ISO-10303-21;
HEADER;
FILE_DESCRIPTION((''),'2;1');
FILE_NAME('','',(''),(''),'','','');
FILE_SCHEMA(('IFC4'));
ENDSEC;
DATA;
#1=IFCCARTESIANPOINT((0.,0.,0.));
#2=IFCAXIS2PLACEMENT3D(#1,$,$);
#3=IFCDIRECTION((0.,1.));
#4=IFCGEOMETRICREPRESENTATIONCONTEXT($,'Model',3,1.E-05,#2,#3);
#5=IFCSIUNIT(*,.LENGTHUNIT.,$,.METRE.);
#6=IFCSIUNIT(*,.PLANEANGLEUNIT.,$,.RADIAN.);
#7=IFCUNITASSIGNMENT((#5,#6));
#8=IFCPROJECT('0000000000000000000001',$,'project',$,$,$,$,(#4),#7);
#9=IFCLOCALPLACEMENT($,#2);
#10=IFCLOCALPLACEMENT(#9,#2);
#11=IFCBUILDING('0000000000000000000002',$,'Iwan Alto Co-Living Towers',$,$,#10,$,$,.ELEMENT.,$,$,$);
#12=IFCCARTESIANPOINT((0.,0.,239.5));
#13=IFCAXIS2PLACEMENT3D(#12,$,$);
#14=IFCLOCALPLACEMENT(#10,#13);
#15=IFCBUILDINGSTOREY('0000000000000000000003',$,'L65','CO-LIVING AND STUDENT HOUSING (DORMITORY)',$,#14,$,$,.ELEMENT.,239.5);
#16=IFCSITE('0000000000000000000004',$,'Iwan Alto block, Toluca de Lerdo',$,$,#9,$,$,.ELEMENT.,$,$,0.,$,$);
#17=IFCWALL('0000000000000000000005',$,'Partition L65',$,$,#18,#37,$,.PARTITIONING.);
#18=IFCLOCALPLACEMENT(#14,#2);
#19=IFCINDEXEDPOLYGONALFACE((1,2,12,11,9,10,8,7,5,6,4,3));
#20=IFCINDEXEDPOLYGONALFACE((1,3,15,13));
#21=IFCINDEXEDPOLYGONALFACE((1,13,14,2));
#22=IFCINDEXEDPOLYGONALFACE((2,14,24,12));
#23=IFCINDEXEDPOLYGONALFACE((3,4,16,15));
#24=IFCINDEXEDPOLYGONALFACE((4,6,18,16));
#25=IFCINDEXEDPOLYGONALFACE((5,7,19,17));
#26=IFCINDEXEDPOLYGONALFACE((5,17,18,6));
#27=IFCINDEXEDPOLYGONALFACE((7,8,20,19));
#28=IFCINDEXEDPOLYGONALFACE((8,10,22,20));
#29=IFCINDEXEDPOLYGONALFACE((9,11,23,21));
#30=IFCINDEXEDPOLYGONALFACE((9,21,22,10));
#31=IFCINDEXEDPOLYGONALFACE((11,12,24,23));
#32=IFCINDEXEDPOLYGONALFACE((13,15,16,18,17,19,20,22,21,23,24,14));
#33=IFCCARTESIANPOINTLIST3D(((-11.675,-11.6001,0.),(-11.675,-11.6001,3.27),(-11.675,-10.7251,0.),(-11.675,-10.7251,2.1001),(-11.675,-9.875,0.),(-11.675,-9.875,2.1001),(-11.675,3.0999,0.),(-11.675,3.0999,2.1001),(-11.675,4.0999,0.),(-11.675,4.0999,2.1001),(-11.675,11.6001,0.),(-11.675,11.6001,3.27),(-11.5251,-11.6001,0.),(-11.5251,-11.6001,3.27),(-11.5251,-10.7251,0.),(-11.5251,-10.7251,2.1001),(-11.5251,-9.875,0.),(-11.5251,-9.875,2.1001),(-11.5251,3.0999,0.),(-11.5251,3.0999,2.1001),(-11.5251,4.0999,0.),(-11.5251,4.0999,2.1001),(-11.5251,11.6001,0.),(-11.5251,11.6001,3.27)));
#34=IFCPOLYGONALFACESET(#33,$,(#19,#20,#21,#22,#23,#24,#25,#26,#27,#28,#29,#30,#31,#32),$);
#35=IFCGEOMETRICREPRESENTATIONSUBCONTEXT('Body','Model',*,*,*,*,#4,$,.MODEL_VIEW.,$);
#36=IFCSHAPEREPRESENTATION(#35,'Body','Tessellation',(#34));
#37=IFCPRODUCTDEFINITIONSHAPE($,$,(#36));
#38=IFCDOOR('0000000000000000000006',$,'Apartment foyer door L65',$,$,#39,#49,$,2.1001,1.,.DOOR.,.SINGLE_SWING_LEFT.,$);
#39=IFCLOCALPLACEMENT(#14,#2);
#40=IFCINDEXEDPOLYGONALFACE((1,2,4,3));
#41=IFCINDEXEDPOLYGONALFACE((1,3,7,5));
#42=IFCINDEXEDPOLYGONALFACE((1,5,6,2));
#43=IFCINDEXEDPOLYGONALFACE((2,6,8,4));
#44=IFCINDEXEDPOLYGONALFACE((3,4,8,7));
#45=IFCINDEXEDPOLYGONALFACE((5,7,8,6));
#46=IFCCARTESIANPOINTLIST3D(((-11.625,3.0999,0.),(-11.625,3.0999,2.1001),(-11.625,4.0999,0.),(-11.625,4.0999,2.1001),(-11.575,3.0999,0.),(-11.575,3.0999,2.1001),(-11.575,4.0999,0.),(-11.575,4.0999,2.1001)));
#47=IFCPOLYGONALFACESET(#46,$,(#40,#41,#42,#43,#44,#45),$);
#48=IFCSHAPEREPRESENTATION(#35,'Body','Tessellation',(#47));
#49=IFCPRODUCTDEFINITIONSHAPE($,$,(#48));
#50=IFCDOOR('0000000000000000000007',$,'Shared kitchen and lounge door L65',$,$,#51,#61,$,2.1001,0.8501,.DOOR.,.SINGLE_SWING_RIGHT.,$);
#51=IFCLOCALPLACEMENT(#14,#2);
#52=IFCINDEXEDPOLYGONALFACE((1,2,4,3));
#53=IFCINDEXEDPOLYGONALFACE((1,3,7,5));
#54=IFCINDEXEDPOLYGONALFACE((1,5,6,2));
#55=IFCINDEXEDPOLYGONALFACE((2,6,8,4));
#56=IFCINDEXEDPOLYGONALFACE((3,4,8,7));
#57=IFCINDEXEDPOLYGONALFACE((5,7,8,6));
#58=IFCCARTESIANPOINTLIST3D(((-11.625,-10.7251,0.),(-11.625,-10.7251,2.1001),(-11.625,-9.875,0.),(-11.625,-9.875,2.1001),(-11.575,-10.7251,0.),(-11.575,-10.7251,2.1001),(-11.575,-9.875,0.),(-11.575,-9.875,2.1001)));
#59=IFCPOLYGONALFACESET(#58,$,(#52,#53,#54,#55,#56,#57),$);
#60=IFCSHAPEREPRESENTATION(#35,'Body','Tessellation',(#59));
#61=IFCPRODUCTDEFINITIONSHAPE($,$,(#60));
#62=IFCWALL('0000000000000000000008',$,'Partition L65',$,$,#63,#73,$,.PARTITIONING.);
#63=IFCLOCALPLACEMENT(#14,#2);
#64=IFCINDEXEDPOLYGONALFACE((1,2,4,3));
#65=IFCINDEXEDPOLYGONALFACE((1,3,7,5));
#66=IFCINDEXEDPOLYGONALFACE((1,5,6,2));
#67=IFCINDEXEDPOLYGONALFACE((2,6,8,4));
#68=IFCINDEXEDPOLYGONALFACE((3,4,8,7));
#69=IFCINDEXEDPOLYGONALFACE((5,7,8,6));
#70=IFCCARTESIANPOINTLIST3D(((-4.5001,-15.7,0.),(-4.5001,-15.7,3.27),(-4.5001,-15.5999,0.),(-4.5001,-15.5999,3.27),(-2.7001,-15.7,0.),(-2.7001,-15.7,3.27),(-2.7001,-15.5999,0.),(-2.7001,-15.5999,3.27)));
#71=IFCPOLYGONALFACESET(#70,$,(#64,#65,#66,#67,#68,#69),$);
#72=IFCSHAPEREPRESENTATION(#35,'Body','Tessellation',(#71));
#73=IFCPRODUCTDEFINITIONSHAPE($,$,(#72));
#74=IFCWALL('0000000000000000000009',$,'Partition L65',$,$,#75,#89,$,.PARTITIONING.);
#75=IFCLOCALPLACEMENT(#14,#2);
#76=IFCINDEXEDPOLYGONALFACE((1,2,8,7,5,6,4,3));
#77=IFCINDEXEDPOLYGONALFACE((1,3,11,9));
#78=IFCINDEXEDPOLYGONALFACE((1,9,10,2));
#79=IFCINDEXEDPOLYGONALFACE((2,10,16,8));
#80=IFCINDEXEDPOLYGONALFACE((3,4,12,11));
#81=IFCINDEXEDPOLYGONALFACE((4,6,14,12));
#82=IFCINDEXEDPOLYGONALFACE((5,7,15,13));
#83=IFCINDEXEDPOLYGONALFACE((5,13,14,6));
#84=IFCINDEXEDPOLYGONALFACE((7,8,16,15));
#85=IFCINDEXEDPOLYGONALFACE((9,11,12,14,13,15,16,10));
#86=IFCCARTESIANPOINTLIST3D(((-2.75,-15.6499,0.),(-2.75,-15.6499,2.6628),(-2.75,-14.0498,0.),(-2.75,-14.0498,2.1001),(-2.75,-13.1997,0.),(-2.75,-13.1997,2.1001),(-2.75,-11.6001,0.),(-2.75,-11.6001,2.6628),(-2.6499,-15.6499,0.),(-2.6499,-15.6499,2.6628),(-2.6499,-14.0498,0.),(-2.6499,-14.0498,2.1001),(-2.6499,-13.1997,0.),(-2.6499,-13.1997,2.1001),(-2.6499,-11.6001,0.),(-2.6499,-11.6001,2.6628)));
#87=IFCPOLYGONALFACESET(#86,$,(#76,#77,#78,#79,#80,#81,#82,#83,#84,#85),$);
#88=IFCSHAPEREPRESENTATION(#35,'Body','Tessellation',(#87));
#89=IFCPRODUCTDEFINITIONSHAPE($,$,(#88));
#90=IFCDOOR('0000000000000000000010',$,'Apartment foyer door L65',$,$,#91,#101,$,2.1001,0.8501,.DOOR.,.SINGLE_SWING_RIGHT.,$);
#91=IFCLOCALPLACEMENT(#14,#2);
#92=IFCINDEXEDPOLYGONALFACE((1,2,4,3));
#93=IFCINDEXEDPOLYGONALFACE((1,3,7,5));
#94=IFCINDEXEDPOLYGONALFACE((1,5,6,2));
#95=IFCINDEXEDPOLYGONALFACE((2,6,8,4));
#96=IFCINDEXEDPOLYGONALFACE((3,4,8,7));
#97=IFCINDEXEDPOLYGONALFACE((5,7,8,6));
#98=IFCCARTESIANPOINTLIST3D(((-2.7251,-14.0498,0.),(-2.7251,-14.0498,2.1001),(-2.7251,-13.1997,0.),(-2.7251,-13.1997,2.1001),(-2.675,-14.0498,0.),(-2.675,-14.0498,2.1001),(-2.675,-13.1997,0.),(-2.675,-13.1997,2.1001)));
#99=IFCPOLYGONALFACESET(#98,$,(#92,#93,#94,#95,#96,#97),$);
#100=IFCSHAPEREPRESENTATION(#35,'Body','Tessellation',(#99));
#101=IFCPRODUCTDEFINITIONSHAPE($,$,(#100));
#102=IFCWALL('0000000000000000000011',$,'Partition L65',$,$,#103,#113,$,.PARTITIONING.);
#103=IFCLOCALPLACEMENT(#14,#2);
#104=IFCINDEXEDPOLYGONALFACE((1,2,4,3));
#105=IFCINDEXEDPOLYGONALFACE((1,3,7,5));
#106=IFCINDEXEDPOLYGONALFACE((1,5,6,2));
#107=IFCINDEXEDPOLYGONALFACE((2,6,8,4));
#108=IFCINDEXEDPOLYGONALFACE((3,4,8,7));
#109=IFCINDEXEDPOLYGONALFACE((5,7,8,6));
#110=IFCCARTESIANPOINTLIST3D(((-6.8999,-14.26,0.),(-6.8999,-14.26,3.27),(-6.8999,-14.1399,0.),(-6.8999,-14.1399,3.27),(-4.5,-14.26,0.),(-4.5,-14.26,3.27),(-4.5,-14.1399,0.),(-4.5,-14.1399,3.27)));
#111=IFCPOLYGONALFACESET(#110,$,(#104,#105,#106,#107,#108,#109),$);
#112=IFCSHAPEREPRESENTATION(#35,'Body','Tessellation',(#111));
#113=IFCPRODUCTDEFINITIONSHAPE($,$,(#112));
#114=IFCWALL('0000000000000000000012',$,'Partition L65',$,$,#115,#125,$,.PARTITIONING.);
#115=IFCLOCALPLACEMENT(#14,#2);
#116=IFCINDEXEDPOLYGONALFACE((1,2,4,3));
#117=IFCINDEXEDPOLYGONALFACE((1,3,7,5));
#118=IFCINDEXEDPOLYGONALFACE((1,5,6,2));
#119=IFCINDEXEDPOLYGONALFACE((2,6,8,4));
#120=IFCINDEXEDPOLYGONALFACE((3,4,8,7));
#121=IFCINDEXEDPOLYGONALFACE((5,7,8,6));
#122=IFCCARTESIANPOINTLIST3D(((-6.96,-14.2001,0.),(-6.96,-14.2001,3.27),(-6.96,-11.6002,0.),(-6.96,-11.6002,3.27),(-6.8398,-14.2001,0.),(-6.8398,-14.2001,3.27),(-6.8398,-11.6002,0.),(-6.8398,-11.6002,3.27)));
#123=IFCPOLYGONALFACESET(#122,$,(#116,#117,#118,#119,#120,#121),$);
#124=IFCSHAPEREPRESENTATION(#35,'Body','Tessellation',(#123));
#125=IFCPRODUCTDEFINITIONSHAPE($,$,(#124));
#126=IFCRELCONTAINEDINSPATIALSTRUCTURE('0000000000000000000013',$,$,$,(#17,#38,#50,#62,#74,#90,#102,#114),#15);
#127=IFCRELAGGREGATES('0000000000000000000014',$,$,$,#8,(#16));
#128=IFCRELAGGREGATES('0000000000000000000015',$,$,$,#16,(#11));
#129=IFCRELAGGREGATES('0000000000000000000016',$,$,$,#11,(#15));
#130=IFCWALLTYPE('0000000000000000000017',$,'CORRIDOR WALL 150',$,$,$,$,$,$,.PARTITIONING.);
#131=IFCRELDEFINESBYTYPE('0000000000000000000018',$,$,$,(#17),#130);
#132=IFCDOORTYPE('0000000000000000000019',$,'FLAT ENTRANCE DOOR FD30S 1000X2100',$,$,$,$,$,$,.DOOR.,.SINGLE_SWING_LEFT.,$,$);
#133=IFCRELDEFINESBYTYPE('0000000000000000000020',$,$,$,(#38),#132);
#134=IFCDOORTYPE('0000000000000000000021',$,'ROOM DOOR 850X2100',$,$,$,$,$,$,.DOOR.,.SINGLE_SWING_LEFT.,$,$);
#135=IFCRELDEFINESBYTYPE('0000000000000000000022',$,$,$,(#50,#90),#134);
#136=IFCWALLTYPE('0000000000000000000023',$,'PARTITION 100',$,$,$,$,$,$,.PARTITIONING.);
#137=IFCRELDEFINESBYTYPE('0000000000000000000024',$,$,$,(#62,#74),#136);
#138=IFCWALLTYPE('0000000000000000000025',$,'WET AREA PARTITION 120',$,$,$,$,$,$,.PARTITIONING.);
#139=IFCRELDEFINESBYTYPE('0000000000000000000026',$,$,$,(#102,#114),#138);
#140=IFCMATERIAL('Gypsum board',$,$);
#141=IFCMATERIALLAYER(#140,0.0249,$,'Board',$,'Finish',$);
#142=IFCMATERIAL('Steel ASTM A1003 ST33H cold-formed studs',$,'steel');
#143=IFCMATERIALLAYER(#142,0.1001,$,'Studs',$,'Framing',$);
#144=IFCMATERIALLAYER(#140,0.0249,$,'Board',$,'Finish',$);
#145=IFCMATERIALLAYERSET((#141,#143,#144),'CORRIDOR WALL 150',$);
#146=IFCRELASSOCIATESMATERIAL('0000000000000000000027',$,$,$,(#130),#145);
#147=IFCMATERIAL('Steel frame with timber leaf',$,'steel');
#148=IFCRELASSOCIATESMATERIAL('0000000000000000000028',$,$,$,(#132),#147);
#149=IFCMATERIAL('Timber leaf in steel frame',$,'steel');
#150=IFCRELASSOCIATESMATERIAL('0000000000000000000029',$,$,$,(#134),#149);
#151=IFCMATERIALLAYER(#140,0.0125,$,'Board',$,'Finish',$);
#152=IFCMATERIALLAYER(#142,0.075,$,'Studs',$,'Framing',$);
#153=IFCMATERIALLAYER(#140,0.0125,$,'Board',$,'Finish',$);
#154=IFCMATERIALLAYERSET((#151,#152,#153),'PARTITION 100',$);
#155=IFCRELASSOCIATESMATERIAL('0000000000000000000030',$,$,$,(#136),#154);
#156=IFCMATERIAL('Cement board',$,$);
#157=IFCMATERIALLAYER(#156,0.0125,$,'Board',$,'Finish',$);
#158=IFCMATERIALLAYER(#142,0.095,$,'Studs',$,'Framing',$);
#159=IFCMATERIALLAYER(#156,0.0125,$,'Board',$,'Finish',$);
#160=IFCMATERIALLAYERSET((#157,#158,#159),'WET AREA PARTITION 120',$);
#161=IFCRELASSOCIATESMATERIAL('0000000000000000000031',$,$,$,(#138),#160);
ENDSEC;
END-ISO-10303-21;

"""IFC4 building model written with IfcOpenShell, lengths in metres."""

from ifc_helpers import new_model, si_unit, direction, frame, frame_2d, origin, place, context, subcontext, project, spatial, rectangle, extrude, material, layer, layer_set, type_object, element, fill, save


model = new_model("IFC4")

# Units and contexts
model_context = context("Model", 3, precision=1e-05, world=origin(), true_north=direction((0.0, 1.0)))
body_context = subcontext(model_context, "Body", "Model", "MODEL_VIEW")
ifc_project = project(units=[si_unit("LENGTHUNIT", "METRE"), si_unit("PLANEANGLEUNIT", "RADIAN")], contexts=[model_context])

# Site, building, storey
site_placement = place(None, origin())
site = spatial("IfcSite", under=ifc_project, at=site_placement, Name="Iwan Alto block, Toluca de Lerdo", CompositionType="ELEMENT", RefElevation=0.0)
building_placement = place(site_placement, origin())
building = spatial("IfcBuilding", under=site, at=building_placement, Name="Iwan Alto Co-Living Towers", CompositionType="ELEMENT")
storey_placement = place(building_placement, frame((0.0, 0.0, 239.5)))
storey = spatial("IfcBuildingStorey", under=building, at=storey_placement, Name="L65", Description="CO-LIVING AND STUDENT HOUSING (DORMITORY)", CompositionType="ELEMENT", Elevation=239.5)

# Wall, openings, doors
ifc_material_1 = material(Name="Gypsum board")
ifc_layer_1 = layer(ifc_material_1, 0.0249, Name="Board", Category="Finish")
ifc_material_2 = material(Name="Steel ASTM A1003 ST33H cold-formed studs", Category="steel")
ifc_layer_2 = layer(ifc_material_2, 0.1001, Name="Studs", Category="Framing")
ifc_layer_3 = layer(ifc_material_1, 0.0249, Name="Board", Category="Finish")
ifc_layer_set_1 = layer_set([ifc_layer_1, ifc_layer_2, ifc_layer_3], Name="CORRIDOR WALL 150")
wall_type_1 = type_object("IfcWallType", Name="CORRIDOR WALL 150", PredefinedType="PARTITIONING", material=ifc_layer_set_1)
ifc_material_3 = material(Name="Steel frame with timber leaf", Category="steel")
door_type_1 = type_object("IfcDoorType", Name="FLAT ENTRANCE DOOR FD30S 1000X2100", OperationType="SINGLE_SWING_LEFT", PredefinedType="DOOR", material=ifc_material_3)
wall_1_placement = place(storey_placement, frame((-11.6001, -11.6001, 0.0), z_axis=(0.0, 0.0, 1.0), x_axis=(0.0, 1.0, 0.0)))
wall_1 = element("IfcWall", 1, at=wall_1_placement, inside=storey, type_object=wall_type_1, Name="Partition L65", PredefinedType="PARTITIONING", context=body_context, shape_type="SweptSolid", body=[
    extrude(rectangle(XDim=23.2002, YDim=0.1499, at=frame_2d((11.6001, 0.0))), origin(), (0.0, 0.0, 1.0), 3.27),
])
opening_1_placement = place(wall_1_placement, frame((14.7, 0.0, 0.0)))
opening_1 = element("IfcOpeningElement", 2, at=opening_1_placement, cuts=wall_1, PredefinedType="OPENING", context=body_context, shape_type="SweptSolid", body=[
    extrude(rectangle(XDim=1.0, YDim=2.1001, at=frame_2d((0.5, 1.05))), frame((0.0, 0.085, 0.0), z_axis=(0.0, -1.0, 0.0), x_axis=(1.0, 0.0, 0.0)), (0.0, 0.0, 1.0), 0.1699),
])
opening_2_placement = place(wall_1_placement, frame((0.875, 0.0, 0.0)))
opening_2 = element("IfcOpeningElement", 3, at=opening_2_placement, cuts=wall_1, PredefinedType="OPENING", context=body_context, shape_type="SweptSolid", body=[
    extrude(rectangle(XDim=0.8501, YDim=2.1001, at=frame_2d((0.425, 1.05))), frame((0.0, 0.085, 0.0), z_axis=(0.0, -1.0, 0.0), x_axis=(1.0, 0.0, 0.0)), (0.0, 0.0, 1.0), 0.1699),
])
door_1_placement = place(opening_1_placement, origin())
door_1 = element("IfcDoor", 4, at=door_1_placement, inside=storey, type_object=door_type_1, Name="Apartment foyer door L65", OperationType="SINGLE_SWING_LEFT", OverallHeight=2.1001, OverallWidth=1.0, PredefinedType="DOOR", context=body_context, shape_type="SweptSolid", body=[
    extrude(rectangle(XDim=1.0, YDim=2.1001, at=frame_2d((0.5, 1.05))), frame((0.0, 0.0249, 0.0), z_axis=(0.0, -1.0, 0.0), x_axis=(1.0, 0.0, 0.0)), (0.0, 0.0, 1.0), 0.05),
])
fill(opening_1, door_1)
ifc_material_4 = material(Name="Timber leaf in steel frame", Category="steel")
door_type_2 = type_object("IfcDoorType", Name="ROOM DOOR 850X2100", OperationType="SINGLE_SWING_LEFT", PredefinedType="DOOR", material=ifc_material_4)
door_2_placement = place(opening_2_placement, origin())
door_2 = element("IfcDoor", 5, at=door_2_placement, inside=storey, type_object=door_type_2, Name="Shared kitchen and lounge door L65", OperationType="SINGLE_SWING_RIGHT", OverallHeight=2.1001, OverallWidth=0.8501, PredefinedType="DOOR", context=body_context, shape_type="SweptSolid", body=[
    extrude(rectangle(XDim=0.8501, YDim=2.1001, at=frame_2d((0.425, 1.05))), frame((0.0, 0.0249, 0.0), z_axis=(0.0, -1.0, 0.0), x_axis=(1.0, 0.0, 0.0)), (0.0, 0.0, 1.0), 0.05),
])
fill(opening_2, door_2)

# Wall
ifc_layer_4 = layer(ifc_material_1, 0.0125, Name="Board", Category="Finish")
ifc_layer_5 = layer(ifc_material_2, 0.075, Name="Studs", Category="Framing")
ifc_layer_6 = layer(ifc_material_1, 0.0125, Name="Board", Category="Finish")
ifc_layer_set_2 = layer_set([ifc_layer_4, ifc_layer_5, ifc_layer_6], Name="PARTITION 100")
wall_type_2 = type_object("IfcWallType", Name="PARTITION 100", PredefinedType="PARTITIONING", material=ifc_layer_set_2)
wall_2_placement = place(storey_placement, frame((-4.5, -15.6499, 0.0), z_axis=(0.0, 0.0, 1.0), x_axis=(1.0, 0.0, 0.0)))
element("IfcWall", 6, at=wall_2_placement, inside=storey, type_object=wall_type_2, Name="Partition L65", PredefinedType="PARTITIONING", context=body_context, shape_type="SweptSolid", body=[
    extrude(rectangle(XDim=1.8, YDim=0.1001, at=frame_2d((0.8999, 0.0))), origin(), (0.0, 0.0, 1.0), 3.27),
])

# Wall, opening, door
wall_3_placement = place(storey_placement, frame((-2.7, -15.6499, 0.0), z_axis=(0.0, 0.0, 1.0), x_axis=(0.0, 1.0, 0.0)))
wall_3 = element("IfcWall", 7, at=wall_3_placement, inside=storey, type_object=wall_type_2, Name="Partition L65", PredefinedType="PARTITIONING", context=body_context, shape_type="SweptSolid", body=[
    extrude(rectangle(XDim=4.0498, YDim=0.1001, at=frame_2d((2.0249, 0.0))), origin(), (0.0, 0.0, 1.0), 2.6628),
])
opening_3_placement = place(wall_3_placement, frame((1.6001, 0.0, 0.0)))
opening_3 = element("IfcOpeningElement", 8, at=opening_3_placement, cuts=wall_3, PredefinedType="OPENING", context=body_context, shape_type="SweptSolid", body=[
    extrude(rectangle(XDim=0.8501, YDim=2.1001, at=frame_2d((0.425, 1.05))), frame((0.0, 0.0601, 0.0), z_axis=(0.0, -1.0, 0.0), x_axis=(1.0, 0.0, 0.0)), (0.0, 0.0, 1.0), 0.1201),
])
door_3_placement = place(opening_3_placement, frame((0.8501, 0.0, 0.0), z_axis=(0.0, 0.0, 1.0), x_axis=(-1.0, 0.0, 0.0)))
door_3 = element("IfcDoor", 9, at=door_3_placement, inside=storey, type_object=door_type_2, Name="Apartment foyer door L65", OperationType="SINGLE_SWING_RIGHT", OverallHeight=2.1001, OverallWidth=0.8501, PredefinedType="DOOR", context=body_context, shape_type="SweptSolid", body=[
    extrude(rectangle(XDim=0.8501, YDim=2.1001, at=frame_2d((0.425, 1.05))), frame((0.0, 0.0249, 0.0), z_axis=(0.0, -1.0, 0.0), x_axis=(1.0, 0.0, 0.0)), (0.0, 0.0, 1.0), 0.05),
])
fill(opening_3, door_3)

# Walls
ifc_material_5 = material(Name="Cement board")
ifc_layer_7 = layer(ifc_material_5, 0.0125, Name="Board", Category="Finish")
ifc_layer_8 = layer(ifc_material_2, 0.095, Name="Studs", Category="Framing")
ifc_layer_9 = layer(ifc_material_5, 0.0125, Name="Board", Category="Finish")
ifc_layer_set_3 = layer_set([ifc_layer_7, ifc_layer_8, ifc_layer_9], Name="WET AREA PARTITION 120")
wall_type_3 = type_object("IfcWallType", Name="WET AREA PARTITION 120", PredefinedType="PARTITIONING", material=ifc_layer_set_3)
wall_4_placement = place(storey_placement, frame((-6.8999, -14.2, 0.0), z_axis=(0.0, 0.0, 1.0), x_axis=(1.0, 0.0, 0.0)))
element("IfcWall", 10, at=wall_4_placement, inside=storey, type_object=wall_type_3, Name="Partition L65", PredefinedType="PARTITIONING", context=body_context, shape_type="SweptSolid", body=[
    extrude(rectangle(XDim=2.3999, YDim=0.1201, at=frame_2d((1.2, 0.0))), origin(), (0.0, 0.0, 1.0), 3.27),
])
wall_5_placement = place(storey_placement, frame((-6.8999, -14.2, 0.0), z_axis=(0.0, 0.0, 1.0), x_axis=(0.0, 1.0, 0.0)))
element("IfcWall", 11, at=wall_5_placement, inside=storey, type_object=wall_type_3, Name="Partition L65", PredefinedType="PARTITIONING", context=body_context, shape_type="SweptSolid", body=[
    extrude(rectangle(XDim=2.5999, YDim=0.1201, at=frame_2d((1.2998, 0.0))), origin(), (0.0, 0.0, 1.0), 3.27),
])

save(model, "model.ifc")
